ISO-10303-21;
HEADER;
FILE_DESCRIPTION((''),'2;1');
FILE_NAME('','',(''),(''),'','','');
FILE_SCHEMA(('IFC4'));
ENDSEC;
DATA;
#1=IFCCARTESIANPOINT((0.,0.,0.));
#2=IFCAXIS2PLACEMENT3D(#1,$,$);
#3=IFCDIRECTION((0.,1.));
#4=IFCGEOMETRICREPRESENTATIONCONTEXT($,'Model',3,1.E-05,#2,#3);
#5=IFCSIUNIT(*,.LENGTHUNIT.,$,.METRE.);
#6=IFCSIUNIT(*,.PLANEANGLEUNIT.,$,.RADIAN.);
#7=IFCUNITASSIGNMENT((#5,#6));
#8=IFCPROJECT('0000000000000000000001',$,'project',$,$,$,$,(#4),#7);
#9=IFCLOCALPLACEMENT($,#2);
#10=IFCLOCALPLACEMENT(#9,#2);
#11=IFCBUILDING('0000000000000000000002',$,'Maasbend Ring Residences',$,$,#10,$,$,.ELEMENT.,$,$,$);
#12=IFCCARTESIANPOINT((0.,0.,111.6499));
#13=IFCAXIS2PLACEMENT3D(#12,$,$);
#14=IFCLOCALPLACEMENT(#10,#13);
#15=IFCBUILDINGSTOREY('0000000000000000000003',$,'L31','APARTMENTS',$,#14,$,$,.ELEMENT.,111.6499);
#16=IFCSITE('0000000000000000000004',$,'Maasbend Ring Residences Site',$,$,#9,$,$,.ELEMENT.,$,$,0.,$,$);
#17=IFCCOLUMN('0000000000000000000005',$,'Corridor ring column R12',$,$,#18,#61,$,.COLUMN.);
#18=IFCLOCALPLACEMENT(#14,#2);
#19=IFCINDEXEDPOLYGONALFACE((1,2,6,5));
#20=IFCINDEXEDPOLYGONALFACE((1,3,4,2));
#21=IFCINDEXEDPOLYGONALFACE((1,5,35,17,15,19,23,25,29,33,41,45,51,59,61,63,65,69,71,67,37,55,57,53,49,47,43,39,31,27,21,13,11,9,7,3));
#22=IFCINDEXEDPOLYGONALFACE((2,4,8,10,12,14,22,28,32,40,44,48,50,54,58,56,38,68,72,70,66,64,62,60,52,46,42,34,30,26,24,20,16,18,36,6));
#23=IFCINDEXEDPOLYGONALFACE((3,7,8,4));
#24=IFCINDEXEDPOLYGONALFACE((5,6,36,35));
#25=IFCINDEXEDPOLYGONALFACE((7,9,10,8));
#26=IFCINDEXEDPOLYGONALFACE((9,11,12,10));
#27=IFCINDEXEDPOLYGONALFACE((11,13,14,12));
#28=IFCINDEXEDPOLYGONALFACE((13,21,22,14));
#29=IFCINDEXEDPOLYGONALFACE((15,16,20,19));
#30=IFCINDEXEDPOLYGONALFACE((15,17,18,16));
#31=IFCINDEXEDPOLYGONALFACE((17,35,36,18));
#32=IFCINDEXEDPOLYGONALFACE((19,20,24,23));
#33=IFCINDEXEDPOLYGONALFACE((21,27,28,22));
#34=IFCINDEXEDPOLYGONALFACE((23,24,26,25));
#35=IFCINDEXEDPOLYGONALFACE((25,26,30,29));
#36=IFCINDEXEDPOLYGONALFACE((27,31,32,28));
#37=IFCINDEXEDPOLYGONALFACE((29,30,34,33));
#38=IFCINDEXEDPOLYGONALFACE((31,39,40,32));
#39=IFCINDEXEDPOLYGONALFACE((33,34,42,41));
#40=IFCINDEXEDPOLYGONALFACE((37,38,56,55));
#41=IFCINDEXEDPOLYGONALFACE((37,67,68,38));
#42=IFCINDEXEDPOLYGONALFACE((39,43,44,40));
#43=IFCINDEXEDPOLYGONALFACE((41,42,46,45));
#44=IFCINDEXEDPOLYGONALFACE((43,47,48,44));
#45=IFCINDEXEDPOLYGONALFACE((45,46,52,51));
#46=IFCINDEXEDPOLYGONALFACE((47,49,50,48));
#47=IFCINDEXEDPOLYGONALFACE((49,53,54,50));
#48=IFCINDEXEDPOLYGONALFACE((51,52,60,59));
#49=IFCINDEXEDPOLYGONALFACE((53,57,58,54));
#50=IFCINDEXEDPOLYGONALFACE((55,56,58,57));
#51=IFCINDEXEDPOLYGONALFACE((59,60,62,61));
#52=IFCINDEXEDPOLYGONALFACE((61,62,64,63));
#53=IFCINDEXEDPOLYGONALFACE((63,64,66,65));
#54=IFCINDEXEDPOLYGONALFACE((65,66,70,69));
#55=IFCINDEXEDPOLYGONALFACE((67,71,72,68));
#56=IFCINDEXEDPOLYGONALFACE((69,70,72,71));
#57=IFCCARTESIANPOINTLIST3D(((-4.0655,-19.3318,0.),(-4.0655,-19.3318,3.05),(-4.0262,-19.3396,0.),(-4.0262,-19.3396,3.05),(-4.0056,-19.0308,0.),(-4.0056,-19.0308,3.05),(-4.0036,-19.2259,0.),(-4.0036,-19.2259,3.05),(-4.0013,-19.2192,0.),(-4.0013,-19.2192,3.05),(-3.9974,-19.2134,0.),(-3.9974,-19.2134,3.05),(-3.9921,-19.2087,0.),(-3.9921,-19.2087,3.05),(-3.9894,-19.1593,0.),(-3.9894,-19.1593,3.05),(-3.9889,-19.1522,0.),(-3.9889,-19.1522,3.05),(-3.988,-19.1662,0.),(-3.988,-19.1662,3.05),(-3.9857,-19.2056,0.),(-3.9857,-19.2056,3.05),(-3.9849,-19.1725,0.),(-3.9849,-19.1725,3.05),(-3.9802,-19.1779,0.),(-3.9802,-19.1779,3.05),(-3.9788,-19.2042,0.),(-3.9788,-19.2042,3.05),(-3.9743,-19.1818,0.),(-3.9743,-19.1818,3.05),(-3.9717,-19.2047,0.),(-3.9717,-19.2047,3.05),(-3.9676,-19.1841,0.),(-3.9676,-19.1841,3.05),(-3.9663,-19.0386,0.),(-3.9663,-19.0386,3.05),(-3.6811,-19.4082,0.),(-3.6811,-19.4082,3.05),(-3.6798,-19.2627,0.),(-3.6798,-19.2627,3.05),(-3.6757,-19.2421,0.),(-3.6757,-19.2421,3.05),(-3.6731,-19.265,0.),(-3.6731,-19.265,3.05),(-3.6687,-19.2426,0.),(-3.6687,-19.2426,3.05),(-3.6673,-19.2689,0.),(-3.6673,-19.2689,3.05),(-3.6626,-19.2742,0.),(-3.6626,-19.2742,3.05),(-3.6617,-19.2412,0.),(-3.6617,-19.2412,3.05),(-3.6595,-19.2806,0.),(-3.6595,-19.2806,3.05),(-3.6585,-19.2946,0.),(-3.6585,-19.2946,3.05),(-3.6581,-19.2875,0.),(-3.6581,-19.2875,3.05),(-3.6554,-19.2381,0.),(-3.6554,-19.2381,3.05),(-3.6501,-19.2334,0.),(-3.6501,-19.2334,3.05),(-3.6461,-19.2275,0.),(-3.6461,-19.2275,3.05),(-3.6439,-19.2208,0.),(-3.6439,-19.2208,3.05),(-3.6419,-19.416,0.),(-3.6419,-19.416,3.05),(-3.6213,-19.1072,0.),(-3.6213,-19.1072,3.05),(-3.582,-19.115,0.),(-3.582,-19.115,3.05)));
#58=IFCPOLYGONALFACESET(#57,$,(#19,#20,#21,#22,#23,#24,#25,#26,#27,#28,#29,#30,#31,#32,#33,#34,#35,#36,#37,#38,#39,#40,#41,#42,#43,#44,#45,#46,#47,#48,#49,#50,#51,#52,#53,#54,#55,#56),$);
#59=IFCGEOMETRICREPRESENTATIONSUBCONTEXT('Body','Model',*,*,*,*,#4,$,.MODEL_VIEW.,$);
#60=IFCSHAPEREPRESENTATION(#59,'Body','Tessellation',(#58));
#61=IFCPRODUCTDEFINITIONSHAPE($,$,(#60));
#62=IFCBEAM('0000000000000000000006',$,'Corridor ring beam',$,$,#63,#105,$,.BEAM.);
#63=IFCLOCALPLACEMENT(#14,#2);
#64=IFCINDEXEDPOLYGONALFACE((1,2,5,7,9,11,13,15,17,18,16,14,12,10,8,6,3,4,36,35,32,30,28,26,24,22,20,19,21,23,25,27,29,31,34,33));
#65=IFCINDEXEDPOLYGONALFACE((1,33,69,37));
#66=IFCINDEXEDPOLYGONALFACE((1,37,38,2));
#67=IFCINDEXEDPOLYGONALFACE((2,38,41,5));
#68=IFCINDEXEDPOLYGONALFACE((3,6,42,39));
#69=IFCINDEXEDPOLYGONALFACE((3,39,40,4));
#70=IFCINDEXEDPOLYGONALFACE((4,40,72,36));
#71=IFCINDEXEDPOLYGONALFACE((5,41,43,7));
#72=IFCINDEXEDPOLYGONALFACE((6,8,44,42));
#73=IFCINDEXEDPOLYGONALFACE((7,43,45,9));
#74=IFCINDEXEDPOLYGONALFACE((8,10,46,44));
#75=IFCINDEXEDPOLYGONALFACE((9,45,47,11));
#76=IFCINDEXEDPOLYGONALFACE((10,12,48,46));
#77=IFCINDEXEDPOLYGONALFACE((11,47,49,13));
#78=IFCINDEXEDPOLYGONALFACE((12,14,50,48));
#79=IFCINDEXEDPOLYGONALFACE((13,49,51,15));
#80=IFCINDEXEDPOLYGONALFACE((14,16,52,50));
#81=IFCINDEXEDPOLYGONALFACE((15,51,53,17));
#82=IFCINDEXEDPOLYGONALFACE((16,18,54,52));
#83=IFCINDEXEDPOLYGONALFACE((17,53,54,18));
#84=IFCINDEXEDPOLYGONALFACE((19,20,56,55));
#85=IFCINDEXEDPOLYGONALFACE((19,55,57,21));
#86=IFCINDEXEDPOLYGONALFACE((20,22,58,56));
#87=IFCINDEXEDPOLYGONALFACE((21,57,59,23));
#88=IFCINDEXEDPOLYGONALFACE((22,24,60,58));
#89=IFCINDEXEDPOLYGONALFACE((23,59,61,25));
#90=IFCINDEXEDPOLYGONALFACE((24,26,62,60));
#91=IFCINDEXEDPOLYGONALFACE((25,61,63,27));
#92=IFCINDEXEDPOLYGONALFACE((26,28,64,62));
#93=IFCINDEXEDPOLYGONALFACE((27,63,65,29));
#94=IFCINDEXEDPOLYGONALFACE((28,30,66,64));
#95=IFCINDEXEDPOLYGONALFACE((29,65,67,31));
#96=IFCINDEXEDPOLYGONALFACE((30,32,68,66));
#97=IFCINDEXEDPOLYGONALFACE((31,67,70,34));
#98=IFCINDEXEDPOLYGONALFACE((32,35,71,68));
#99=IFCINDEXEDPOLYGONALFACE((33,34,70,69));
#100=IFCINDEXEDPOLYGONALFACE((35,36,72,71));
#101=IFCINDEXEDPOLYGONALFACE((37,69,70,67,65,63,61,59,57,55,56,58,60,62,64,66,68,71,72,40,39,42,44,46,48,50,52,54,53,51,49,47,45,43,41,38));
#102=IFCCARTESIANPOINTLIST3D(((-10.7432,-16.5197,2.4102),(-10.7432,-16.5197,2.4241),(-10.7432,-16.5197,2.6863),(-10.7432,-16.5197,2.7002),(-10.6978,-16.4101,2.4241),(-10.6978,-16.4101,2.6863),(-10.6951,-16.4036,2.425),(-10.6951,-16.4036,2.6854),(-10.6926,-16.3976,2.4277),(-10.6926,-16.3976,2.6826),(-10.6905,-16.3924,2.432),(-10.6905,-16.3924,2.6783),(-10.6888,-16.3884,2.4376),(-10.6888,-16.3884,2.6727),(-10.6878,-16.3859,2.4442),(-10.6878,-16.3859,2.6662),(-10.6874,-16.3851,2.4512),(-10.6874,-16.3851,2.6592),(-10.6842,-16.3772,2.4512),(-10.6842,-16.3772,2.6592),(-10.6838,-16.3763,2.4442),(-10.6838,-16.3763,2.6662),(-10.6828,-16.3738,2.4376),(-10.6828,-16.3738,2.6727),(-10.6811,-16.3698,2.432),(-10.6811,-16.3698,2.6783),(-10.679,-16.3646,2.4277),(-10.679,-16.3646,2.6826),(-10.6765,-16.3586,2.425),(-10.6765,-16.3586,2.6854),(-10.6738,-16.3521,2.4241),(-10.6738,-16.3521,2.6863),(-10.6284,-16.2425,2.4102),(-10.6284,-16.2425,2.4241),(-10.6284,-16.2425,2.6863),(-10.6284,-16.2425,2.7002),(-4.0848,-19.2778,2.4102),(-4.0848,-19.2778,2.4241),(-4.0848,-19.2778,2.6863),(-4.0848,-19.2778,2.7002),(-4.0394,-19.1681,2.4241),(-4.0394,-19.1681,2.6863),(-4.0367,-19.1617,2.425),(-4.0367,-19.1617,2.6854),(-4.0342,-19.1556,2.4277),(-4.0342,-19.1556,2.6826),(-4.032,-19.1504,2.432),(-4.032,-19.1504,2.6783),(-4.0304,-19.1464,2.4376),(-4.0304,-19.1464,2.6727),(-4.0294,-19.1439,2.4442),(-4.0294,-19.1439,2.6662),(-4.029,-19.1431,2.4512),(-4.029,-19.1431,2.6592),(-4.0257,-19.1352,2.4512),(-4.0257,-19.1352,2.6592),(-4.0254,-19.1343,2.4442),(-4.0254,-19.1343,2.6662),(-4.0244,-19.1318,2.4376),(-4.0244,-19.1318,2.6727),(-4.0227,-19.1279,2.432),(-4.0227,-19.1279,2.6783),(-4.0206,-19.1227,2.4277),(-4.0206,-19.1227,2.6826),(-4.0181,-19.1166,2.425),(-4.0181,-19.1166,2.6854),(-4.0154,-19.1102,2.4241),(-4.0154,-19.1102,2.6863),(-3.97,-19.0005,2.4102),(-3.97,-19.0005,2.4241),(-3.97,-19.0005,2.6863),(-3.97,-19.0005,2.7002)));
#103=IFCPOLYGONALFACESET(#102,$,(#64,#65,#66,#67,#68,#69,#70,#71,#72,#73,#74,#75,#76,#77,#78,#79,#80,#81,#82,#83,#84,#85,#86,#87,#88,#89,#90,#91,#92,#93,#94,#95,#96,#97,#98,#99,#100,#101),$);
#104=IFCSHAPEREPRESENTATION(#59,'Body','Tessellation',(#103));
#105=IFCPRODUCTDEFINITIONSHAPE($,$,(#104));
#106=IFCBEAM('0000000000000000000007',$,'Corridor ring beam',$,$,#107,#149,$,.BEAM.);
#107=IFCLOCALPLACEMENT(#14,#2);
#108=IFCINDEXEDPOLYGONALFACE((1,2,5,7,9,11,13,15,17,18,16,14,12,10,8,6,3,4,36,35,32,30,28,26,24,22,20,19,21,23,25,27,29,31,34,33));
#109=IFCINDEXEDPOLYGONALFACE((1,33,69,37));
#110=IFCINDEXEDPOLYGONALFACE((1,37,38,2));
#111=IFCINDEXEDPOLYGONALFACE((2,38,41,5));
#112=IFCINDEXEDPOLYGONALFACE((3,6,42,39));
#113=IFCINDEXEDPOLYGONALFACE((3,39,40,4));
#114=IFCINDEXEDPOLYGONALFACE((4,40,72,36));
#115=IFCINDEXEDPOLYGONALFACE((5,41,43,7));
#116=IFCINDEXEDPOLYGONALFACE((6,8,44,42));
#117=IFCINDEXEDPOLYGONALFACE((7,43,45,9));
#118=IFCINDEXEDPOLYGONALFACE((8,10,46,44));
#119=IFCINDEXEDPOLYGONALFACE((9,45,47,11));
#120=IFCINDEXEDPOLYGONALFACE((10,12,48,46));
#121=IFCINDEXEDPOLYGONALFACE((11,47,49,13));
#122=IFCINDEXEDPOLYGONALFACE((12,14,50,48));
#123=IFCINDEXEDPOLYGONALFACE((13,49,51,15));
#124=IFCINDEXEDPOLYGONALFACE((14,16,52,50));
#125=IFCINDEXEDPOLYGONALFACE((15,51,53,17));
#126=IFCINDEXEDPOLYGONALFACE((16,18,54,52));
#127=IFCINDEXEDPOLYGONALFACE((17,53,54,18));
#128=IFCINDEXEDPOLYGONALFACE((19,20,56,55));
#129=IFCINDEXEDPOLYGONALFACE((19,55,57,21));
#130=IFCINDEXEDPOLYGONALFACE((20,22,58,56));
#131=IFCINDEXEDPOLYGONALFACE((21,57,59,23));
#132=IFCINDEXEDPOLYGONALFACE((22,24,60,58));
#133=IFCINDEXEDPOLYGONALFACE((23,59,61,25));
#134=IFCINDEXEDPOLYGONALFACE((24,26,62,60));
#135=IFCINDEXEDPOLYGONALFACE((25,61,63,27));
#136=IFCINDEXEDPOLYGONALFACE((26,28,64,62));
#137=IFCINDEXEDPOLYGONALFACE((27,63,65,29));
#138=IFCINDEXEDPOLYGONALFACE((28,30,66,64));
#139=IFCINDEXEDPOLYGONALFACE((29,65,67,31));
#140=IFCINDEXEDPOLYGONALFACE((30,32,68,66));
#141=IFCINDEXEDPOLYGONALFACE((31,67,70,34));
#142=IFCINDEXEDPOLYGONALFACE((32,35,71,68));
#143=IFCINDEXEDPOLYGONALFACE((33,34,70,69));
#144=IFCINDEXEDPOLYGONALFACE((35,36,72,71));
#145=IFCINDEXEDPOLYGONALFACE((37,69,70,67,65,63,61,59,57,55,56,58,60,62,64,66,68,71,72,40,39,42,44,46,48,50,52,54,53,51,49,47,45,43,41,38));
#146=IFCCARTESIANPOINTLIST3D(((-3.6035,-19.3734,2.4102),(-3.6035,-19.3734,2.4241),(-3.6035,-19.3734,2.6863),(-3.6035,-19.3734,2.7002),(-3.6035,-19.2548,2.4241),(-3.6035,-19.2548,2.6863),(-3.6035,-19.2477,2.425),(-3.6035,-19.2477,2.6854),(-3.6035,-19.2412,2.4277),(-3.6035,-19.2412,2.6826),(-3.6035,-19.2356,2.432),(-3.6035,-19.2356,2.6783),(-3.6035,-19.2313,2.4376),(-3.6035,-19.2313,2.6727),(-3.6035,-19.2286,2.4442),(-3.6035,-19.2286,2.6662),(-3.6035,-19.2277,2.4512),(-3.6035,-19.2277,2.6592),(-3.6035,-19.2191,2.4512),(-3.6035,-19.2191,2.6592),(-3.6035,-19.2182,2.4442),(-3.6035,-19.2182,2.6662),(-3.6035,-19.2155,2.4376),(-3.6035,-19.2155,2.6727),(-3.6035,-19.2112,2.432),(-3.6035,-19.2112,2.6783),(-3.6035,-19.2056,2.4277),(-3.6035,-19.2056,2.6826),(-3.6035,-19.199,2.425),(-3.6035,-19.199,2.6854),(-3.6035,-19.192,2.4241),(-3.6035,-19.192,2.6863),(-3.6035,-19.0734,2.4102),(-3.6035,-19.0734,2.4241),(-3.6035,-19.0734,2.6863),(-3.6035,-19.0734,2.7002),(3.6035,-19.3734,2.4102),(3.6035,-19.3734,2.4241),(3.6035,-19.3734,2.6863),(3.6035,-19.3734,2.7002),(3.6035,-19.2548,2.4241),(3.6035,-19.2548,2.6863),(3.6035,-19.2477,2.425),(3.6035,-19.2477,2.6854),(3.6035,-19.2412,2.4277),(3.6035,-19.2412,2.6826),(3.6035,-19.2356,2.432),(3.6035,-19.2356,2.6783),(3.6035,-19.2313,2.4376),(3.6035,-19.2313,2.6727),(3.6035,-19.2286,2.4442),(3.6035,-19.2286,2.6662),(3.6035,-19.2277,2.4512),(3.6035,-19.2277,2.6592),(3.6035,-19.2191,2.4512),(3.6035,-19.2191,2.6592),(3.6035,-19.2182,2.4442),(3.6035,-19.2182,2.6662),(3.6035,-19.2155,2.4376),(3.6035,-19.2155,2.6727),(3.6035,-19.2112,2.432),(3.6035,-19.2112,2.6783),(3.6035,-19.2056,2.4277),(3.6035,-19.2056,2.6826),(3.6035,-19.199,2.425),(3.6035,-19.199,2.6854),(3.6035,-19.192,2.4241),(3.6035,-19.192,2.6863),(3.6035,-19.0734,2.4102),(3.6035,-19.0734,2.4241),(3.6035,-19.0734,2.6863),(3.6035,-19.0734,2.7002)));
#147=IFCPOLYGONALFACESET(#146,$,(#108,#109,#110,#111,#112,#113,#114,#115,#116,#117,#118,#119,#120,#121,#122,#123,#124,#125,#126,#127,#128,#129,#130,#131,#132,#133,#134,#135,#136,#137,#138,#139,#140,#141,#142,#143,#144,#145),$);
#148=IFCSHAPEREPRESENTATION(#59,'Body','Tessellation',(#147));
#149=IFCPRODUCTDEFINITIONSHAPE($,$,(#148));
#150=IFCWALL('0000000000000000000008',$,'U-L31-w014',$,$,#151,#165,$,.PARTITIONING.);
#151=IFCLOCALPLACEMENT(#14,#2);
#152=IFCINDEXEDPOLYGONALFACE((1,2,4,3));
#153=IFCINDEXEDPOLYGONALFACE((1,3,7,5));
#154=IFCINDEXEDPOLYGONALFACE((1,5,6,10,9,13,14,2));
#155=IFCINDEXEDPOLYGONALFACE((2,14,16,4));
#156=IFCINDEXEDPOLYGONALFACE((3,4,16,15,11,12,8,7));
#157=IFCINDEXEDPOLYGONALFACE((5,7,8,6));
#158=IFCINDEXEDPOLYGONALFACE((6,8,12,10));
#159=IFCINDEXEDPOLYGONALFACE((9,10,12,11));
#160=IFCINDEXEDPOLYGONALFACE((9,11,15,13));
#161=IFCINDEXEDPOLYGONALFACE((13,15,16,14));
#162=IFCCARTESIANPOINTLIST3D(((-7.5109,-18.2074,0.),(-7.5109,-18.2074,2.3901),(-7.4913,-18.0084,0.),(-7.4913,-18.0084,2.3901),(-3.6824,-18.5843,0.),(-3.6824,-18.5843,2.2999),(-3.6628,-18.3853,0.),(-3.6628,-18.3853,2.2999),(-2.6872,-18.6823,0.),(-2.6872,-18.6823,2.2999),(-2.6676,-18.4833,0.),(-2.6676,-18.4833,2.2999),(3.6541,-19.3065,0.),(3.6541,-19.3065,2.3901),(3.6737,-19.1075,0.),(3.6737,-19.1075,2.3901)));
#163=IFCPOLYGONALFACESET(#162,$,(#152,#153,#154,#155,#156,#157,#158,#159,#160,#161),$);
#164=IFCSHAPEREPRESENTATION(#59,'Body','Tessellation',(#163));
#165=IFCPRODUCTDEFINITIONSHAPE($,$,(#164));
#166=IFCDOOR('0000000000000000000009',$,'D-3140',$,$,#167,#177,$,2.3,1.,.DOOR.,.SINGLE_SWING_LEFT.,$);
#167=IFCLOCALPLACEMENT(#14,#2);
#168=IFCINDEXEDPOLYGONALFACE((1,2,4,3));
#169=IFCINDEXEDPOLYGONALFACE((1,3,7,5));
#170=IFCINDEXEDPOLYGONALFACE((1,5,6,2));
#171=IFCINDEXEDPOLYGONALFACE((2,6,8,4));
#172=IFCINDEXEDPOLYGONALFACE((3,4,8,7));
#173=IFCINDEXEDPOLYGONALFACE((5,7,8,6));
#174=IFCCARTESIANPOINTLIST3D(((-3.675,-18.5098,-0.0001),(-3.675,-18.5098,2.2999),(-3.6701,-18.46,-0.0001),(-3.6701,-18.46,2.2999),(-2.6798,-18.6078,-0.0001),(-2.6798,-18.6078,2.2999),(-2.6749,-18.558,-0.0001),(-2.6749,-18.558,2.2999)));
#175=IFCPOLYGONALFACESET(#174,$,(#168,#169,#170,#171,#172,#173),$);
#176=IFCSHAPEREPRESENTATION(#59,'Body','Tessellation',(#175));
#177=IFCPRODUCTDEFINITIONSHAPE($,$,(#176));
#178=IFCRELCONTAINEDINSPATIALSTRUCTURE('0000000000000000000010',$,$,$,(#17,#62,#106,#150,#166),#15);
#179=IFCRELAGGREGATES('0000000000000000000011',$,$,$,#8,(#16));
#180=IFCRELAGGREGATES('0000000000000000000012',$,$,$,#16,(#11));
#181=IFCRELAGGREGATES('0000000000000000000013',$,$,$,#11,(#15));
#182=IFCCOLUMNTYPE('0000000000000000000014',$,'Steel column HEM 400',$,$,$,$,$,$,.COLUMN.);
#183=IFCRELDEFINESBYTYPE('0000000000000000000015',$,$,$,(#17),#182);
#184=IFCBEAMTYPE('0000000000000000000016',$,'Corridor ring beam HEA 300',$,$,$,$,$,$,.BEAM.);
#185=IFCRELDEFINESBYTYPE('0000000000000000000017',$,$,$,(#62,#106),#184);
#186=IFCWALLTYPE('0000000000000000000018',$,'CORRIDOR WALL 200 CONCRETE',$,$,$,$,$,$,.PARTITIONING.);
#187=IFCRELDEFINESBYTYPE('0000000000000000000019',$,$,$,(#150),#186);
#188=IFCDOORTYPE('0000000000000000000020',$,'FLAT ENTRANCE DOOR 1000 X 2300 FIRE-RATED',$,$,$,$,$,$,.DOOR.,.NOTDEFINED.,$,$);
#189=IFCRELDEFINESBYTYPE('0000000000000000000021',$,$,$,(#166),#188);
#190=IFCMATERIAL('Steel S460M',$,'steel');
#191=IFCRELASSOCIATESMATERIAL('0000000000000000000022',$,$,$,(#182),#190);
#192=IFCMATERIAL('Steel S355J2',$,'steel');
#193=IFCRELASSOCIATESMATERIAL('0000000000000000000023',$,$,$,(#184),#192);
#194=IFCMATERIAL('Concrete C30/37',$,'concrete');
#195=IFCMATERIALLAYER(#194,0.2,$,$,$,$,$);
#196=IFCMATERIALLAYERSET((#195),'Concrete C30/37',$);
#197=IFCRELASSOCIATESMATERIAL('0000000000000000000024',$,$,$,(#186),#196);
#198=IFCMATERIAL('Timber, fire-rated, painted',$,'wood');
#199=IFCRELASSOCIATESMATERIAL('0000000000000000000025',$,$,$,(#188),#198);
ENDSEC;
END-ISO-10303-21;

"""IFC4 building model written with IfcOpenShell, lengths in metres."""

from ifc_helpers import new_model, si_unit, direction, frame, frame_2d, origin, origin_2d, place, context, subcontext, project, spatial, rectangle, i_section, extrude, material, layer, layer_set, material_profile, profile_set, type_object, element, fill, save


model = new_model("IFC4")

# Units and contexts
model_context = context("Model", 3, precision=1e-05, world=origin(), true_north=direction((0.0, 1.0)))
body_context = subcontext(model_context, "Body", "Model", "MODEL_VIEW")
ifc_project = project(units=[si_unit("LENGTHUNIT", "METRE"), si_unit("PLANEANGLEUNIT", "RADIAN")], contexts=[model_context])

# Site, building, storey
site_placement = place(None, origin())
site = spatial("IfcSite", under=ifc_project, at=site_placement, Name="Maasbend Ring Residences Site", CompositionType="ELEMENT", RefElevation=0.0)
building_placement = place(site_placement, origin())
building = spatial("IfcBuilding", under=site, at=building_placement, Name="Maasbend Ring Residences", CompositionType="ELEMENT")
storey_placement = place(building_placement, frame((0.0, 0.0, 111.6499)))
storey = spatial("IfcBuildingStorey", under=building, at=storey_placement, Name="L31", Description="APARTMENTS", CompositionType="ELEMENT", Elevation=111.6499)

# Column
ifc_material_1 = material(Name="Steel S460M", Category="steel")
ifc_material_profile_1 = material_profile(ifc_material_1, i_section(OverallWidth=0.3069, OverallDepth=0.4319, WebThickness=0.021, FlangeThickness=0.04, FilletRadius=0.0271, at=origin_2d()), Name="HEM 400")
ifc_profile_set_1 = profile_set([ifc_material_profile_1], Name="Steel S460M")
column_type = type_object("IfcColumnType", Name="Steel column HEM 400", PredefinedType="COLUMN", material=ifc_profile_set_1)
column_placement = place(storey_placement, frame((-3.8237, -19.2234, 0.0), z_axis=(0.0, 0.0, 1.0), x_axis=(-0.19509, -0.980785, 0.0)))
element("IfcColumn", 1, at=column_placement, inside=storey, type_object=column_type, Name="Corridor ring column R12", PredefinedType="COLUMN", context=body_context, shape_type="SweptSolid", body=[
    extrude(i_section(OverallWidth=0.3069, OverallDepth=0.4319, WebThickness=0.021, FlangeThickness=0.04, FilletRadius=0.0271, at=origin_2d()), origin(), (0.0, 0.0, 1.0), 3.05),
])

# Beams
ifc_material_2 = material(Name="Steel S355J2", Category="steel")
ifc_material_profile_2 = material_profile(ifc_material_2, i_section(OverallWidth=0.3, OverallDepth=0.29, WebThickness=0.0085, FlangeThickness=0.0139, FilletRadius=0.0271, at=origin_2d()), Name="HEA 300")
ifc_profile_set_2 = profile_set([ifc_material_profile_2], Name="Steel S355J2")
beam_type = type_object("IfcBeamType", Name="Corridor ring beam HEA 300", PredefinedType="BEAM", material=ifc_profile_set_2)
for number, where, z_axis, x_axis, name in (
    (2, (-10.6858, -16.3811, 2.5552), (0.923878, -0.382688, 0.0), (0.382688, 0.923878, 0.0), "Corridor ring beam"),
    (3, (-3.6035, -19.2234, 2.5552), (1.0, 0.0, 0.0), (0.0, 1.0, 0.0), "Corridor ring beam"),
):
    element("IfcBeam", number, at=place(storey_placement, frame(where, z_axis=z_axis, x_axis=x_axis)), inside=storey, type_object=beam_type, Name=name, PredefinedType="BEAM", context=body_context, shape_type="SweptSolid", body=[
        extrude(i_section(OverallWidth=0.3, OverallDepth=0.29, WebThickness=0.0085, FlangeThickness=0.0139, FilletRadius=0.0271, at=origin_2d()), origin(), (0.0, 0.0, 1.0), 7.207),
    ])

# Wall, opening, door
ifc_material_3 = material(Name="Concrete C30/37", Category="concrete")
ifc_layer_1 = layer(ifc_material_3, 0.2)
ifc_layer_set_1 = layer_set([ifc_layer_1], Name="Concrete C30/37")
wall_type_1 = type_object("IfcWallType", Name="CORRIDOR WALL 200 CONCRETE", PredefinedType="PARTITIONING", material=ifc_layer_set_1)
wall_1_placement = place(storey_placement, frame((-7.501, -18.1079, 0.0), z_axis=(0.0, 0.0, 1.0), x_axis=(0.995189, -0.09797, 0.0)))
wall_1 = element("IfcWall", 4, at=wall_1_placement, inside=storey, type_object=wall_type_1, Name="U-L31-w014", PredefinedType="PARTITIONING", context=body_context, shape_type="SweptSolid", body=[
    extrude(rectangle(XDim=11.219, YDim=0.2, at=frame_2d((5.6094, 0.0))), origin(), (0.0, 0.0, 1.0), 2.3901),
])
opening_1_placement = place(wall_1_placement, frame((3.8469, 0.0, 0.0)))
opening_1 = element("IfcOpeningElement", 5, at=opening_1_placement, cuts=wall_1, PredefinedType="OPENING", context=body_context, shape_type="SweptSolid", body=[
    extrude(rectangle(XDim=1.0, YDim=2.3, at=frame_2d((0.5, 1.1499))), frame((0.0, 0.1099, 0.0), z_axis=(0.0, -1.0, 0.0), x_axis=(1.0, 0.0, 0.0)), (0.0, 0.0, 1.0), 0.22),
])
ifc_material_4 = material(Name="Timber, fire-rated, painted", Category="wood")
door_type_1 = type_object("IfcDoorType", Name="FLAT ENTRANCE DOOR 1000 X 2300 FIRE-RATED", OperationType="NOTDEFINED", PredefinedType="DOOR", material=ifc_material_4)
door_1_placement = place(opening_1_placement, origin())
door_1 = element("IfcDoor", 6, at=door_1_placement, inside=storey, type_object=door_type_1, Name="D-3140", OperationType="SINGLE_SWING_LEFT", OverallHeight=2.3, OverallWidth=1.0, PredefinedType="DOOR", context=body_context, shape_type="SweptSolid", body=[
    extrude(rectangle(XDim=1.0, YDim=2.3, at=frame_2d((0.5, 1.1499))), frame((0.0, 0.0249, 0.0), z_axis=(0.0, -1.0, 0.0), x_axis=(1.0, 0.0, 0.0)), (0.0, 0.0, 1.0), 0.05),
])
fill(opening_1, door_1)

save(model, "model.ifc")
